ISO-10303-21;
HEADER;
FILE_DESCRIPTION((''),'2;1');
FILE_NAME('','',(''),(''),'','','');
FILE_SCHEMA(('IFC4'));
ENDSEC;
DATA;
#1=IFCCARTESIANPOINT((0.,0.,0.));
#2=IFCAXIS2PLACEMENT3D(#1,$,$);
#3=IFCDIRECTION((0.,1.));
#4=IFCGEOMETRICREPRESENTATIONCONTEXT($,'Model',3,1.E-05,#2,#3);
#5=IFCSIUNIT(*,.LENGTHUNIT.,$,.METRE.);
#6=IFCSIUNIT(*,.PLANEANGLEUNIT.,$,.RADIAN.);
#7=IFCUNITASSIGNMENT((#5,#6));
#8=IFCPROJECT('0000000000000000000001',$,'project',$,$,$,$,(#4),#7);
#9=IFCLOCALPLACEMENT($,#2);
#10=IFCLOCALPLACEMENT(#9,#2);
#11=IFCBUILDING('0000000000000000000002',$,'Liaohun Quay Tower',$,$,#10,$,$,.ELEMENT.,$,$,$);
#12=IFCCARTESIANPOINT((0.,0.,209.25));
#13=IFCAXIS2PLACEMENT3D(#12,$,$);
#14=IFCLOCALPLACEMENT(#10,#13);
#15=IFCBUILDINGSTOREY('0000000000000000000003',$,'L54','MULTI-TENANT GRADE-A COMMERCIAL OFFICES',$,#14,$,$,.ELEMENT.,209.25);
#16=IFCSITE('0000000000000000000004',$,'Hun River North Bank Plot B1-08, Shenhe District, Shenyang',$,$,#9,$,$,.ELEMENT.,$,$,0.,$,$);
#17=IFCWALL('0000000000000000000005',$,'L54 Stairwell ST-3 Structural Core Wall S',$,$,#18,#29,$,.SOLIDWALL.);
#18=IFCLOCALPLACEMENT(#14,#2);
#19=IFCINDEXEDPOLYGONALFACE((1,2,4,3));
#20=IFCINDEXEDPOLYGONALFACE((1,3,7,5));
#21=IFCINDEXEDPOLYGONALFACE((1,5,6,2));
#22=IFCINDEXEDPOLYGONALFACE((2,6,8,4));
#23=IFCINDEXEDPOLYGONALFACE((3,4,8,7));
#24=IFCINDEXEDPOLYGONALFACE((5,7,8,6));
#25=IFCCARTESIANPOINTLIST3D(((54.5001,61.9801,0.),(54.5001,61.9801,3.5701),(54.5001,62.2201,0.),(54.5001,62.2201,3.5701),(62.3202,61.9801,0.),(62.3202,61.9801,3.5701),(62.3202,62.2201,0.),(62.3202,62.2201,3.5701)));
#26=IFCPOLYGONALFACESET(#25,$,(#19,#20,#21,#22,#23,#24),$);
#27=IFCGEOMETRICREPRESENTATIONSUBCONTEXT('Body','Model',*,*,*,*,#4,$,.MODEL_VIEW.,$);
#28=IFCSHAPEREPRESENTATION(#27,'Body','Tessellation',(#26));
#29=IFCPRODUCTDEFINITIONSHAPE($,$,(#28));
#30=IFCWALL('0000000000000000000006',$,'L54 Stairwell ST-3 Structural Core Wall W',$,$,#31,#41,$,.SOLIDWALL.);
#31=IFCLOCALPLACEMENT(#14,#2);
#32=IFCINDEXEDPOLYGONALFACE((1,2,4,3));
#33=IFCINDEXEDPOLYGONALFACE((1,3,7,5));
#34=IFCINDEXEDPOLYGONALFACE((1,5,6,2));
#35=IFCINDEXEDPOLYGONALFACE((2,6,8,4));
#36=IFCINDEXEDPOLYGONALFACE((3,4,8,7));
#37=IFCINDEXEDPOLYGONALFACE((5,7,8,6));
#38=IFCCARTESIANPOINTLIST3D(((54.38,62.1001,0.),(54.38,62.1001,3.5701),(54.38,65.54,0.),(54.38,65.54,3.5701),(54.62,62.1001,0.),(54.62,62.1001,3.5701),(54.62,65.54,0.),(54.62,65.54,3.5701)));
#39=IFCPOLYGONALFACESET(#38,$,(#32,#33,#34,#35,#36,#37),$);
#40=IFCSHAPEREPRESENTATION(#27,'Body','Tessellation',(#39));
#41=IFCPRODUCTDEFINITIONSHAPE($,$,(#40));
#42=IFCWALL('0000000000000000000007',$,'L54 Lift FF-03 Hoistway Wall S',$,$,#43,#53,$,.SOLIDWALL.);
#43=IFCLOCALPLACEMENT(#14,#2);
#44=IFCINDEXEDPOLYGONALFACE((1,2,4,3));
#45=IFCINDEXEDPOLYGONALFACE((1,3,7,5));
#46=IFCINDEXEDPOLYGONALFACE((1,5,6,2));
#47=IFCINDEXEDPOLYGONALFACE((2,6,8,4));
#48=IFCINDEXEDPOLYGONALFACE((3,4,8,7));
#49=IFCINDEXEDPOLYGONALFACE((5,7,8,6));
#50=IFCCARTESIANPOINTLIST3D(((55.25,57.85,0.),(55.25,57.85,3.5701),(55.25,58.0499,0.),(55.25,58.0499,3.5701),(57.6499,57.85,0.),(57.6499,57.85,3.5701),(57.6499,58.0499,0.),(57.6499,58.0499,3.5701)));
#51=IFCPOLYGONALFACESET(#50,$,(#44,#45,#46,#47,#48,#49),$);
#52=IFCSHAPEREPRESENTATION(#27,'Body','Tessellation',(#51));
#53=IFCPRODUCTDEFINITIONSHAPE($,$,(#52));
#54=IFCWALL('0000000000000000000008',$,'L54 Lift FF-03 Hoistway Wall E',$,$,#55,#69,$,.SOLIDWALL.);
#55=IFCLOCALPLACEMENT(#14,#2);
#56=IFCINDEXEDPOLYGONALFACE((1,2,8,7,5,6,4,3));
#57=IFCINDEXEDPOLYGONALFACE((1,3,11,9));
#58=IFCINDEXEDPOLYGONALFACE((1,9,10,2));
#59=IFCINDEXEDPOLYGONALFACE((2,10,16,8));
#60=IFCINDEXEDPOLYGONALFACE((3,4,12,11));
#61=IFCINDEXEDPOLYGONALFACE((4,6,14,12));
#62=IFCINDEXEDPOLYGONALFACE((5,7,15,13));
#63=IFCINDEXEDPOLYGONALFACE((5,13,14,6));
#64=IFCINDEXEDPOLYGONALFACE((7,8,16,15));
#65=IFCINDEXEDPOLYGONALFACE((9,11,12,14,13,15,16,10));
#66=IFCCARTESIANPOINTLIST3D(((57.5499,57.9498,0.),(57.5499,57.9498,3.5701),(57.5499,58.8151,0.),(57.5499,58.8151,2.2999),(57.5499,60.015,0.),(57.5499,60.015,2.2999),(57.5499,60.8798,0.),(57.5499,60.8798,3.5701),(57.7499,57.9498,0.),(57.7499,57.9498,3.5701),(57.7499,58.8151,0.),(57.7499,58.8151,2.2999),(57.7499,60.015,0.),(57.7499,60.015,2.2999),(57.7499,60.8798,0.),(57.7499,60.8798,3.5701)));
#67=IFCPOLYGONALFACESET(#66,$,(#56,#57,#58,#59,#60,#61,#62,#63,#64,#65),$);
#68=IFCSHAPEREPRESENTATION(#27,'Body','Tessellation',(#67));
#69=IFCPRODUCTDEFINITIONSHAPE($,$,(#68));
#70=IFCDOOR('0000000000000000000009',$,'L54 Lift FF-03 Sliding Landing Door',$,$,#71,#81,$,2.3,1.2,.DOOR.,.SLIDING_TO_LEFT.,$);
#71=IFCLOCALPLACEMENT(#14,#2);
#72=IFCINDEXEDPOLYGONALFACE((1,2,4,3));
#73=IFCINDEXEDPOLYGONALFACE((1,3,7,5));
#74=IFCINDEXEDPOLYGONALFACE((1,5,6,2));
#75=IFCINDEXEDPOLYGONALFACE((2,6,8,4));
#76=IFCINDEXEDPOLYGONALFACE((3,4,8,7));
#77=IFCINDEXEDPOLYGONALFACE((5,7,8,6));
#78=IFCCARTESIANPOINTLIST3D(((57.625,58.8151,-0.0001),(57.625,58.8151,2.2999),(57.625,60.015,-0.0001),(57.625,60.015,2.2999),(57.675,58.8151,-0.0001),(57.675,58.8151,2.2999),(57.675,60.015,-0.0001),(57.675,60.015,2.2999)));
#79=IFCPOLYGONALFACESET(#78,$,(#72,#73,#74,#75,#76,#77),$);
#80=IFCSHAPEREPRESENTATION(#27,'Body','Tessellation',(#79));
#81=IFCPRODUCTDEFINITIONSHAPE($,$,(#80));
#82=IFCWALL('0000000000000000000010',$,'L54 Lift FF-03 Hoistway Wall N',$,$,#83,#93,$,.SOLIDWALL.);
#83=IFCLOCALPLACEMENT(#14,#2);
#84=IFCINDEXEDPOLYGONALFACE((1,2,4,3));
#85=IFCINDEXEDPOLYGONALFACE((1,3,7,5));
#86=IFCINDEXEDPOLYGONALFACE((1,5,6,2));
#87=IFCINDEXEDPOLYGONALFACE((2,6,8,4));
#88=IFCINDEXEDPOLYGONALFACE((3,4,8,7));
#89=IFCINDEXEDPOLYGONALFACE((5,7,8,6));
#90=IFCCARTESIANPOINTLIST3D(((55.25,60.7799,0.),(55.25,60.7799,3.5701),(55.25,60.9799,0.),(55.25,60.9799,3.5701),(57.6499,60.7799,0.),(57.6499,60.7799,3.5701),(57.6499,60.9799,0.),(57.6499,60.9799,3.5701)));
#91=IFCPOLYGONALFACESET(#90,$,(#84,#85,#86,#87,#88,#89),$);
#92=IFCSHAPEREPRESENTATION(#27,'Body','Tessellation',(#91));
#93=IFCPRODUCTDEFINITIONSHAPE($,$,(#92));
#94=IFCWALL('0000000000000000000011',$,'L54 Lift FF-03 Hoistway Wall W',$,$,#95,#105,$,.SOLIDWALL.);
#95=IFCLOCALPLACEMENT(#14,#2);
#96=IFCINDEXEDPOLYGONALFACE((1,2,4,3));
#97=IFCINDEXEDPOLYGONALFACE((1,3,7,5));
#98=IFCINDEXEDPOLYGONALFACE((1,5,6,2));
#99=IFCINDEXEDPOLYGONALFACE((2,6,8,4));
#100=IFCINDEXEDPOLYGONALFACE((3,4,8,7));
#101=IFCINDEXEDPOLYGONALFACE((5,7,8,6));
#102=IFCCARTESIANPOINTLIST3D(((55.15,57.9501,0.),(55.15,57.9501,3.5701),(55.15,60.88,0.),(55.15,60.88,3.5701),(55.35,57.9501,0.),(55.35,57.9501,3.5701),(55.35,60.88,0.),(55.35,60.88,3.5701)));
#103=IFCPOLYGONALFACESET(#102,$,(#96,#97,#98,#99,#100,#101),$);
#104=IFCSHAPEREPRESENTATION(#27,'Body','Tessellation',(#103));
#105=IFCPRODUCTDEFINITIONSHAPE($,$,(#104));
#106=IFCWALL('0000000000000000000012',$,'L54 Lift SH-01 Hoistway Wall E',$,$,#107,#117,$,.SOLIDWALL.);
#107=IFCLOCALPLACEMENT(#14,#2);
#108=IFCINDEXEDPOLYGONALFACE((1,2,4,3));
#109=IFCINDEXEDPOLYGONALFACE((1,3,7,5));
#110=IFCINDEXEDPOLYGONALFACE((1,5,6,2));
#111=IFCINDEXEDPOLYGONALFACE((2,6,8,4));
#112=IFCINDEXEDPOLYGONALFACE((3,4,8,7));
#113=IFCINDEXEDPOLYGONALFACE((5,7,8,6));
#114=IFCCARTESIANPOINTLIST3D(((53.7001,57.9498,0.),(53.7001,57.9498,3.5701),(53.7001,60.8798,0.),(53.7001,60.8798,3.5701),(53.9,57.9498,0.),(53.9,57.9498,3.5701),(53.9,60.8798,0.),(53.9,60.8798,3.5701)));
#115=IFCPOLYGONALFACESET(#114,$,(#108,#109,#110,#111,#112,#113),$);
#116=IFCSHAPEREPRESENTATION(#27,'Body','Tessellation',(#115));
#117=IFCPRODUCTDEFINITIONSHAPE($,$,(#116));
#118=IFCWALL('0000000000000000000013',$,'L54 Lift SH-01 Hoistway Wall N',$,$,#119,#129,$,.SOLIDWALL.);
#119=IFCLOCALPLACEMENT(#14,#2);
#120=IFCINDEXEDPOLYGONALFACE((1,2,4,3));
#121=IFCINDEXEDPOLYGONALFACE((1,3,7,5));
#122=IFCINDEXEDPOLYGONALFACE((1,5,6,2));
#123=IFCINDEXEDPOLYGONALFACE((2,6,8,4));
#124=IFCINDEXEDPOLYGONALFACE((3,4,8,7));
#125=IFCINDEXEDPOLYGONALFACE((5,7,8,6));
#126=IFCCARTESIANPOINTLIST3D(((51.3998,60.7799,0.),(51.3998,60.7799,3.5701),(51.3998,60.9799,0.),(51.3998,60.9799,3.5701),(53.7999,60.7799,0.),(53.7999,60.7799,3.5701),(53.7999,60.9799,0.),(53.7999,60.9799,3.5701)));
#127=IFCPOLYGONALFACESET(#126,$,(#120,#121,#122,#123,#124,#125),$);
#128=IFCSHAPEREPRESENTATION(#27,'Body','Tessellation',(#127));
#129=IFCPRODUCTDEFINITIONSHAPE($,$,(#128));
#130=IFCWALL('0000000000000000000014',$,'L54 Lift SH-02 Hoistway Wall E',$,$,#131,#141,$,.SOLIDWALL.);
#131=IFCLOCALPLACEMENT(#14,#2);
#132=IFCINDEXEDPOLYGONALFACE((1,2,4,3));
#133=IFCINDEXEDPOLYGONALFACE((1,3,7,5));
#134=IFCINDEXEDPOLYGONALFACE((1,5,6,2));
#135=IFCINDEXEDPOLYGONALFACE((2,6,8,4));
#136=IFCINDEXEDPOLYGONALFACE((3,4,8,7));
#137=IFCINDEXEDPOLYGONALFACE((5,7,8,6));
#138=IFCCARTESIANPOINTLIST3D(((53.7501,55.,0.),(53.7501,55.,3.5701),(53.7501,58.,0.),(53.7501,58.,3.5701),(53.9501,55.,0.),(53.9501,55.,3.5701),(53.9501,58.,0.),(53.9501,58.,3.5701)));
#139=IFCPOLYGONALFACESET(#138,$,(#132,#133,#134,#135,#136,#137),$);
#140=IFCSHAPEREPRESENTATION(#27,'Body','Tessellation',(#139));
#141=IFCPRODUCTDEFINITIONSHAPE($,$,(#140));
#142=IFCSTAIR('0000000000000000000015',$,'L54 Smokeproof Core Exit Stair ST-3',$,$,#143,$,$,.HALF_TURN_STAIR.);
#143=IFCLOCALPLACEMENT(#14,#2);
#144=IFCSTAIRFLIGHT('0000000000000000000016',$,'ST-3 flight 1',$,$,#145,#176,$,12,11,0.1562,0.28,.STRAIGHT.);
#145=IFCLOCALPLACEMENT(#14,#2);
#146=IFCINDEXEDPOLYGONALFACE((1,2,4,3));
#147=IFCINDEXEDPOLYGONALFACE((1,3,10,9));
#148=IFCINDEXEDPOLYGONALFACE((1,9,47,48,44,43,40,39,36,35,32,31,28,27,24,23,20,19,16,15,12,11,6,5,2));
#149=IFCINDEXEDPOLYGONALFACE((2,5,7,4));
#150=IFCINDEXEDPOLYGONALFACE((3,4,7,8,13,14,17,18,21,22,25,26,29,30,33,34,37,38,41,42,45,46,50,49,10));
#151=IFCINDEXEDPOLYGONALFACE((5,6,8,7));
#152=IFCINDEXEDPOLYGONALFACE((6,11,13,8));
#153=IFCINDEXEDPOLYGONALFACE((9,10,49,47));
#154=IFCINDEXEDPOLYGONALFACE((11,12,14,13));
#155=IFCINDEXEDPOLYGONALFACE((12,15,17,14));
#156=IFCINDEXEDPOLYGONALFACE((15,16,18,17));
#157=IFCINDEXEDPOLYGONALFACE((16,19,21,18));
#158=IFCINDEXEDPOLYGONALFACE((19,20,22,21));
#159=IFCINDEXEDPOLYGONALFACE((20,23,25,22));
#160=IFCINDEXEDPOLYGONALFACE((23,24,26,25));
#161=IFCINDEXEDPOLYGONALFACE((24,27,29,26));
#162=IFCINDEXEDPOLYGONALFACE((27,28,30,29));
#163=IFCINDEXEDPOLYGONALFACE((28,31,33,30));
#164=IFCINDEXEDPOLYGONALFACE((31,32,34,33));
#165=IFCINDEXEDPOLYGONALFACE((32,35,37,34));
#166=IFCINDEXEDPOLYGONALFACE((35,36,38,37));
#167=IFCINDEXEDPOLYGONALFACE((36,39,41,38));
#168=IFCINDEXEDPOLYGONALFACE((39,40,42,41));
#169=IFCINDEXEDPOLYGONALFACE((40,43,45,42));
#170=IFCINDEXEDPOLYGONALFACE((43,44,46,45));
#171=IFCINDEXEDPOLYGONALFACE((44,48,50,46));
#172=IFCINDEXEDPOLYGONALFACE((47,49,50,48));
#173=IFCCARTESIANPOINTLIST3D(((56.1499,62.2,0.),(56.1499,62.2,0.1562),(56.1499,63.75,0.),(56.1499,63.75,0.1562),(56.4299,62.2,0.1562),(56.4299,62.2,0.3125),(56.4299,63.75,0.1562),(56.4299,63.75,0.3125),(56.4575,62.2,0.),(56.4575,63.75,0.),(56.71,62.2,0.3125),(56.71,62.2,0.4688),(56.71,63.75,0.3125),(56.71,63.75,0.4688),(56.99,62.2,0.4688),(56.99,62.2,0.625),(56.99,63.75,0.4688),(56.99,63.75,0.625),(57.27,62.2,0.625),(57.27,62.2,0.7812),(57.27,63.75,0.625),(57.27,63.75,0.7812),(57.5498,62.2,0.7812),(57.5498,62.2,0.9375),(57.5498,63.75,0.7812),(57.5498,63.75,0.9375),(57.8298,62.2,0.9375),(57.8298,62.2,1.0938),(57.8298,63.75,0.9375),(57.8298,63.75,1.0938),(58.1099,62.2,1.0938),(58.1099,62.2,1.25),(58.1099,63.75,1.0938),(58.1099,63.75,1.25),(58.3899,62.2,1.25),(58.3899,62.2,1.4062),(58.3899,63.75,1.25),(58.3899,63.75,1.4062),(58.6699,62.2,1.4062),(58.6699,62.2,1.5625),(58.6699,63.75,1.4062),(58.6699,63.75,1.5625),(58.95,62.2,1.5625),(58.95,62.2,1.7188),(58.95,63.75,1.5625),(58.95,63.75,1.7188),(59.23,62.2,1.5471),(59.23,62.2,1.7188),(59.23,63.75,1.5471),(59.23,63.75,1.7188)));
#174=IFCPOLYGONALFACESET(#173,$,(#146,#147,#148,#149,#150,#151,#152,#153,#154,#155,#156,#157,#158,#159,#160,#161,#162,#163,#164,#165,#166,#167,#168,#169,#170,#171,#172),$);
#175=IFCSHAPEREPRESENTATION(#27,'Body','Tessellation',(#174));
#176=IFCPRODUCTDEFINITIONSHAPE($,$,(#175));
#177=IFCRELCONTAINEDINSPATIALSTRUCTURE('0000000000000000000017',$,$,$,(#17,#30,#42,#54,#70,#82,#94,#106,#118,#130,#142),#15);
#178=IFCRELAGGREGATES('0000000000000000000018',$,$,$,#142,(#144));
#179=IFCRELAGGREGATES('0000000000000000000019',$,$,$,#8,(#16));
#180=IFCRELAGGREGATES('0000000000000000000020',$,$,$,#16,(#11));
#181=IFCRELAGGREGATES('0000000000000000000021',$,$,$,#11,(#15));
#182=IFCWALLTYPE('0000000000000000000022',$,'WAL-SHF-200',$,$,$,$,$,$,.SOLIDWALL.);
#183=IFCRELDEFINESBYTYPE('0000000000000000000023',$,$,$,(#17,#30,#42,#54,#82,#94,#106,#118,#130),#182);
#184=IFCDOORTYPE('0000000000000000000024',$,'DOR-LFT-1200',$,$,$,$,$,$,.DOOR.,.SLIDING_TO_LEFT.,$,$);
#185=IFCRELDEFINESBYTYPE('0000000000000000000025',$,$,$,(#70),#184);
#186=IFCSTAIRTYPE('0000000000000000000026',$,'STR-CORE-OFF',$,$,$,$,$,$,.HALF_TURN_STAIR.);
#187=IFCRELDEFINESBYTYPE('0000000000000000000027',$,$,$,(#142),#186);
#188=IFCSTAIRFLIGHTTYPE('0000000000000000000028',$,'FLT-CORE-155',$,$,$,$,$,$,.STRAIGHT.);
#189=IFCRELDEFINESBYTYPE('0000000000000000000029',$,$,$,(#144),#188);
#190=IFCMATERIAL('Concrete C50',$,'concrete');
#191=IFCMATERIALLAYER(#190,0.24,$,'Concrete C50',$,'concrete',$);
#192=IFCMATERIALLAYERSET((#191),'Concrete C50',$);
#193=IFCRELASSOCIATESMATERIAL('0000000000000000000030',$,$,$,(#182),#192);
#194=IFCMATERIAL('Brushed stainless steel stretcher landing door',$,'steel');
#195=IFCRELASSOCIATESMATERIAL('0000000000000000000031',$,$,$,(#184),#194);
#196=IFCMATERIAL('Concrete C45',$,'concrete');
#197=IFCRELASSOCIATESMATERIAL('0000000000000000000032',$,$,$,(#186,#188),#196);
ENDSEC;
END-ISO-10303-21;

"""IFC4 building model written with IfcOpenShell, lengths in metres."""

from ifc_helpers import new_model, si_unit, direction, frame, frame_2d, origin, place, context, subcontext, project, spatial, polyline, rectangle, outline, extrude, source, transform, mapped, material, layer, layer_set, type_object, element, fill, aggregate, save


model = new_model("IFC4")

# Units and contexts
model_context = context("Model", 3, precision=1e-05, world=origin(), true_north=direction((0.0, 1.0)))
body_context = subcontext(model_context, "Body", "Model", "MODEL_VIEW")
ifc_project = project(units=[si_unit("LENGTHUNIT", "METRE"), si_unit("PLANEANGLEUNIT", "RADIAN")], contexts=[model_context])

# Site, building, storey
site_placement = place(None, origin())
site = spatial("IfcSite", under=ifc_project, at=site_placement, Name="Hun River North Bank Plot B1-08, Shenhe District, Shenyang", CompositionType="ELEMENT", RefElevation=0.0)
building_placement = place(site_placement, origin())
building = spatial("IfcBuilding", under=site, at=building_placement, Name="Liaohun Quay Tower", CompositionType="ELEMENT")
storey_placement = place(building_placement, frame((0.0, 0.0, 209.25)))
storey = spatial("IfcBuildingStorey", under=building, at=storey_placement, Name="L54", Description="MULTI-TENANT GRADE-A COMMERCIAL OFFICES", CompositionType="ELEMENT", Elevation=209.25)

# Walls
ifc_material_1 = material(Name="Concrete C50", Category="concrete")
ifc_layer_1 = layer(ifc_material_1, 0.24, Name="Concrete C50", Category="concrete")
ifc_layer_set_1 = layer_set([ifc_layer_1], Name="Concrete C50")
wall_type_1 = type_object("IfcWallType", Name="WAL-SHF-200", PredefinedType="SOLIDWALL", material=ifc_layer_set_1)
wall_1_placement = place(storey_placement, frame((54.5, 62.1001, 0.0), z_axis=(0.0, 0.0, 1.0), x_axis=(1.0, 0.0, 0.0)))
element("IfcWall", 1, at=wall_1_placement, inside=storey, type_object=wall_type_1, Name="L54 Stairwell ST-3 Structural Core Wall S", PredefinedType="SOLIDWALL", context=body_context, shape_type="SweptSolid", body=[
    extrude(rectangle(XDim=7.8201, YDim=0.24, at=frame_2d((3.9102, 0.0))), origin(), (0.0, 0.0, 1.0), 3.5701),
])
wall_2_placement = place(storey_placement, frame((54.5, 65.54, 0.0), z_axis=(0.0, 0.0, 1.0), x_axis=(0.0, -1.0, 0.0)))
element("IfcWall", 2, at=wall_2_placement, inside=storey, type_object=wall_type_1, Name="L54 Stairwell ST-3 Structural Core Wall W", PredefinedType="SOLIDWALL", context=body_context, shape_type="SweptSolid", body=[
    extrude(rectangle(XDim=3.4399, YDim=0.24, at=frame_2d((1.72, 0.0))), origin(), (0.0, 0.0, 1.0), 3.5701),
])
wall_3_placement = place(storey_placement, frame((55.25, 57.95, 0.0), z_axis=(0.0, 0.0, 1.0), x_axis=(1.0, 0.0, 0.0)))
element("IfcWall", 3, at=wall_3_placement, inside=storey, type_object=wall_type_1, Name="L54 Lift FF-03 Hoistway Wall S", PredefinedType="SOLIDWALL", context=body_context, shape_type="SweptSolid", body=[
    extrude(rectangle(XDim=2.3999, YDim=0.2, at=frame_2d((1.2, 0.0))), origin(), (0.0, 0.0, 1.0), 3.5701),
])

# Wall, opening, door
wall_4_placement = place(storey_placement, frame((57.6499, 57.95, 0.0), z_axis=(0.0, 0.0, 1.0), x_axis=(0.0, 1.0, 0.0)))
wall_4 = element("IfcWall", 4, at=wall_4_placement, inside=storey, type_object=wall_type_1, Name="L54 Lift FF-03 Hoistway Wall E", PredefinedType="SOLIDWALL", context=body_context, shape_type="SweptSolid", body=[
    extrude(rectangle(XDim=2.9299, YDim=0.2, at=frame_2d((1.4648, 0.0))), origin(), (0.0, 0.0, 1.0), 3.5701),
])
shared_shape_1 = source(origin(), body_context, "Body", "SweptSolid", [
    extrude(rectangle(XDim=1.2, YDim=2.3, at=frame_2d((0.6001, 1.1499))), frame((0.0, 0.1099, 0.0), z_axis=(0.0, -1.0, 0.0), x_axis=(1.0, 0.0, 0.0)), (0.0, 0.0, 1.0), 0.22),
])
opening_1_placement = place(wall_4_placement, frame((0.865, 0.0, 0.0)))
opening_1 = element("IfcOpeningElement", 5, at=opening_1_placement, cuts=wall_4, PredefinedType="OPENING", context=body_context, shape_type="MappedRepresentation", body=[
    mapped(shared_shape_1, transform((0.0, 0.0, 0.0), x_axis=(1.0, 0.0, 0.0), y_axis=(0.0, 1.0, 0.0), z_axis=(0.0, 0.0, 1.0), scale=1.0)),
])
ifc_material_2 = material(Name="Brushed stainless steel stretcher landing door", Category="steel")
door_type_1 = type_object("IfcDoorType", Name="DOR-LFT-1200", OperationType="SLIDING_TO_LEFT", PredefinedType="DOOR", material=ifc_material_2)
shared_shape_2 = source(origin(), body_context, "Body", "SweptSolid", [
    extrude(rectangle(XDim=1.2, YDim=2.3, at=frame_2d((0.6001, 1.1499))), frame((0.0, 0.0249, 0.0), z_axis=(0.0, -1.0, 0.0), x_axis=(1.0, 0.0, 0.0)), (0.0, 0.0, 1.0), 0.05),
])
door_1_placement = place(opening_1_placement, origin())
door_1 = element("IfcDoor", 6, at=door_1_placement, inside=storey, type_object=door_type_1, Name="L54 Lift FF-03 Sliding Landing Door", OperationType="SLIDING_TO_LEFT", OverallHeight=2.3, OverallWidth=1.2, PredefinedType="DOOR", context=body_context, shape_type="MappedRepresentation", body=[
    mapped(shared_shape_2, transform((0.0, 0.0, 0.0), x_axis=(1.0, 0.0, 0.0), y_axis=(0.0, 1.0, 0.0), z_axis=(0.0, 0.0, 1.0), scale=1.0)),
])
fill(opening_1, door_1)

# Walls
wall_5_placement = place(storey_placement, frame((57.6499, 60.8799, 0.0), z_axis=(0.0, 0.0, 1.0), x_axis=(-1.0, 0.0, 0.0)))
element("IfcWall", 7, at=wall_5_placement, inside=storey, type_object=wall_type_1, Name="L54 Lift FF-03 Hoistway Wall N", PredefinedType="SOLIDWALL", context=body_context, shape_type="SweptSolid", body=[
    extrude(rectangle(XDim=2.3999, YDim=0.2, at=frame_2d((1.2, 0.0))), origin(), (0.0, 0.0, 1.0), 3.5701),
])
for number, where, z_axis, x_axis, name in (
    (8, (55.25, 60.8799, 0.0), (0.0, 0.0, 1.0), (0.0, -1.0, 0.0), "L54 Lift FF-03 Hoistway Wall W"),
    (9, (53.8, 57.95, 0.0), (0.0, 0.0, 1.0), (0.0, 1.0, 0.0), "L54 Lift SH-01 Hoistway Wall E"),
):
    element("IfcWall", number, at=place(storey_placement, frame(where, z_axis=z_axis, x_axis=x_axis)), inside=storey, type_object=wall_type_1, Name=name, PredefinedType="SOLIDWALL", context=body_context, shape_type="SweptSolid", body=[
        extrude(rectangle(XDim=2.9299, YDim=0.2, at=frame_2d((1.4648, 0.0))), origin(), (0.0, 0.0, 1.0), 3.5701),
    ])
wall_6_placement = place(storey_placement, frame((53.8, 60.8799, 0.0), z_axis=(0.0, 0.0, 1.0), x_axis=(-1.0, 0.0, 0.0)))
element("IfcWall", 10, at=wall_6_placement, inside=storey, type_object=wall_type_1, Name="L54 Lift SH-01 Hoistway Wall N", PredefinedType="SOLIDWALL", context=body_context, shape_type="SweptSolid", body=[
    extrude(rectangle(XDim=2.4001, YDim=0.2, at=frame_2d((1.2002, 0.0))), origin(), (0.0, 0.0, 1.0), 3.5701),
])
wall_7_placement = place(storey_placement, frame((53.8501, 55.0, 0.0), z_axis=(0.0, 0.0, 1.0), x_axis=(0.0, 1.0, 0.0)))
element("IfcWall", 11, at=wall_7_placement, inside=storey, type_object=wall_type_1, Name="L54 Lift SH-02 Hoistway Wall E", PredefinedType="SOLIDWALL", context=body_context, shape_type="SweptSolid", body=[
    extrude(rectangle(XDim=3.0, YDim=0.2, at=frame_2d((1.5, 0.0))), origin(), (0.0, 0.0, 1.0), 3.5701),
])

# Stair, stair flight
ifc_material_3 = material(Name="Concrete C45", Category="concrete")
stair_type = type_object("IfcStairType", Name="STR-CORE-OFF", PredefinedType="HALF_TURN_STAIR", material=ifc_material_3)
stair_placement = place(storey_placement, origin())
stair = element("IfcStair", 12, at=stair_placement, inside=storey, type_object=stair_type, Name="L54 Smokeproof Core Exit Stair ST-3", PredefinedType="HALF_TURN_STAIR")
stair_flight_type = type_object("IfcStairFlightType", Name="FLT-CORE-155", PredefinedType="STRAIGHT", material=ifc_material_3)
stair_flight_1_placement = place(storey_placement, frame((56.1499, 62.9751, 0.0), z_axis=(0.0, 0.0, 1.0), x_axis=(1.0, 0.0, 0.0)))
stair_flight_1 = element("IfcStairFlight", 13, at=stair_flight_1_placement, type_object=stair_flight_type, Name="ST-3 flight 1", NumberOfRisers=12, NumberOfTreads=11, PredefinedType="STRAIGHT", RiserHeight=0.1562, TreadLength=0.28, context=body_context, shape_type="SweptSolid", body=[
    extrude(outline(polyline([(0.0, 0.0), (0.0, 0.1562), (0.28, 0.1562), (0.28, 0.3125), (0.5601, 0.3125), (0.5601, 0.4688), (0.8401, 0.4688), (0.8401, 0.625), (1.1201, 0.625), (1.1201, 0.7812), (1.3999, 0.7812), (1.3999, 0.9375), (1.6799, 0.9375), (1.6799, 1.0938), (1.96, 1.0938), (1.96, 1.25), (2.24, 1.25), (2.24, 1.4062), (2.52, 1.4062), (2.52, 1.5625), (2.8, 1.5625), (2.8, 1.7188), (3.0801, 1.7188), (3.0801, 1.875), (3.0801, 1.5471), (0.3076, 0.0), (0.0, 0.0)])), frame((0.0, 0.7749, 0.0), z_axis=(0.0, -1.0, 0.0), x_axis=(1.0, 0.0, 0.0)), (0.0, 0.0, 1.0), 1.55),
])
aggregate(stair, [stair_flight_1])

save(model, "model.ifc")
